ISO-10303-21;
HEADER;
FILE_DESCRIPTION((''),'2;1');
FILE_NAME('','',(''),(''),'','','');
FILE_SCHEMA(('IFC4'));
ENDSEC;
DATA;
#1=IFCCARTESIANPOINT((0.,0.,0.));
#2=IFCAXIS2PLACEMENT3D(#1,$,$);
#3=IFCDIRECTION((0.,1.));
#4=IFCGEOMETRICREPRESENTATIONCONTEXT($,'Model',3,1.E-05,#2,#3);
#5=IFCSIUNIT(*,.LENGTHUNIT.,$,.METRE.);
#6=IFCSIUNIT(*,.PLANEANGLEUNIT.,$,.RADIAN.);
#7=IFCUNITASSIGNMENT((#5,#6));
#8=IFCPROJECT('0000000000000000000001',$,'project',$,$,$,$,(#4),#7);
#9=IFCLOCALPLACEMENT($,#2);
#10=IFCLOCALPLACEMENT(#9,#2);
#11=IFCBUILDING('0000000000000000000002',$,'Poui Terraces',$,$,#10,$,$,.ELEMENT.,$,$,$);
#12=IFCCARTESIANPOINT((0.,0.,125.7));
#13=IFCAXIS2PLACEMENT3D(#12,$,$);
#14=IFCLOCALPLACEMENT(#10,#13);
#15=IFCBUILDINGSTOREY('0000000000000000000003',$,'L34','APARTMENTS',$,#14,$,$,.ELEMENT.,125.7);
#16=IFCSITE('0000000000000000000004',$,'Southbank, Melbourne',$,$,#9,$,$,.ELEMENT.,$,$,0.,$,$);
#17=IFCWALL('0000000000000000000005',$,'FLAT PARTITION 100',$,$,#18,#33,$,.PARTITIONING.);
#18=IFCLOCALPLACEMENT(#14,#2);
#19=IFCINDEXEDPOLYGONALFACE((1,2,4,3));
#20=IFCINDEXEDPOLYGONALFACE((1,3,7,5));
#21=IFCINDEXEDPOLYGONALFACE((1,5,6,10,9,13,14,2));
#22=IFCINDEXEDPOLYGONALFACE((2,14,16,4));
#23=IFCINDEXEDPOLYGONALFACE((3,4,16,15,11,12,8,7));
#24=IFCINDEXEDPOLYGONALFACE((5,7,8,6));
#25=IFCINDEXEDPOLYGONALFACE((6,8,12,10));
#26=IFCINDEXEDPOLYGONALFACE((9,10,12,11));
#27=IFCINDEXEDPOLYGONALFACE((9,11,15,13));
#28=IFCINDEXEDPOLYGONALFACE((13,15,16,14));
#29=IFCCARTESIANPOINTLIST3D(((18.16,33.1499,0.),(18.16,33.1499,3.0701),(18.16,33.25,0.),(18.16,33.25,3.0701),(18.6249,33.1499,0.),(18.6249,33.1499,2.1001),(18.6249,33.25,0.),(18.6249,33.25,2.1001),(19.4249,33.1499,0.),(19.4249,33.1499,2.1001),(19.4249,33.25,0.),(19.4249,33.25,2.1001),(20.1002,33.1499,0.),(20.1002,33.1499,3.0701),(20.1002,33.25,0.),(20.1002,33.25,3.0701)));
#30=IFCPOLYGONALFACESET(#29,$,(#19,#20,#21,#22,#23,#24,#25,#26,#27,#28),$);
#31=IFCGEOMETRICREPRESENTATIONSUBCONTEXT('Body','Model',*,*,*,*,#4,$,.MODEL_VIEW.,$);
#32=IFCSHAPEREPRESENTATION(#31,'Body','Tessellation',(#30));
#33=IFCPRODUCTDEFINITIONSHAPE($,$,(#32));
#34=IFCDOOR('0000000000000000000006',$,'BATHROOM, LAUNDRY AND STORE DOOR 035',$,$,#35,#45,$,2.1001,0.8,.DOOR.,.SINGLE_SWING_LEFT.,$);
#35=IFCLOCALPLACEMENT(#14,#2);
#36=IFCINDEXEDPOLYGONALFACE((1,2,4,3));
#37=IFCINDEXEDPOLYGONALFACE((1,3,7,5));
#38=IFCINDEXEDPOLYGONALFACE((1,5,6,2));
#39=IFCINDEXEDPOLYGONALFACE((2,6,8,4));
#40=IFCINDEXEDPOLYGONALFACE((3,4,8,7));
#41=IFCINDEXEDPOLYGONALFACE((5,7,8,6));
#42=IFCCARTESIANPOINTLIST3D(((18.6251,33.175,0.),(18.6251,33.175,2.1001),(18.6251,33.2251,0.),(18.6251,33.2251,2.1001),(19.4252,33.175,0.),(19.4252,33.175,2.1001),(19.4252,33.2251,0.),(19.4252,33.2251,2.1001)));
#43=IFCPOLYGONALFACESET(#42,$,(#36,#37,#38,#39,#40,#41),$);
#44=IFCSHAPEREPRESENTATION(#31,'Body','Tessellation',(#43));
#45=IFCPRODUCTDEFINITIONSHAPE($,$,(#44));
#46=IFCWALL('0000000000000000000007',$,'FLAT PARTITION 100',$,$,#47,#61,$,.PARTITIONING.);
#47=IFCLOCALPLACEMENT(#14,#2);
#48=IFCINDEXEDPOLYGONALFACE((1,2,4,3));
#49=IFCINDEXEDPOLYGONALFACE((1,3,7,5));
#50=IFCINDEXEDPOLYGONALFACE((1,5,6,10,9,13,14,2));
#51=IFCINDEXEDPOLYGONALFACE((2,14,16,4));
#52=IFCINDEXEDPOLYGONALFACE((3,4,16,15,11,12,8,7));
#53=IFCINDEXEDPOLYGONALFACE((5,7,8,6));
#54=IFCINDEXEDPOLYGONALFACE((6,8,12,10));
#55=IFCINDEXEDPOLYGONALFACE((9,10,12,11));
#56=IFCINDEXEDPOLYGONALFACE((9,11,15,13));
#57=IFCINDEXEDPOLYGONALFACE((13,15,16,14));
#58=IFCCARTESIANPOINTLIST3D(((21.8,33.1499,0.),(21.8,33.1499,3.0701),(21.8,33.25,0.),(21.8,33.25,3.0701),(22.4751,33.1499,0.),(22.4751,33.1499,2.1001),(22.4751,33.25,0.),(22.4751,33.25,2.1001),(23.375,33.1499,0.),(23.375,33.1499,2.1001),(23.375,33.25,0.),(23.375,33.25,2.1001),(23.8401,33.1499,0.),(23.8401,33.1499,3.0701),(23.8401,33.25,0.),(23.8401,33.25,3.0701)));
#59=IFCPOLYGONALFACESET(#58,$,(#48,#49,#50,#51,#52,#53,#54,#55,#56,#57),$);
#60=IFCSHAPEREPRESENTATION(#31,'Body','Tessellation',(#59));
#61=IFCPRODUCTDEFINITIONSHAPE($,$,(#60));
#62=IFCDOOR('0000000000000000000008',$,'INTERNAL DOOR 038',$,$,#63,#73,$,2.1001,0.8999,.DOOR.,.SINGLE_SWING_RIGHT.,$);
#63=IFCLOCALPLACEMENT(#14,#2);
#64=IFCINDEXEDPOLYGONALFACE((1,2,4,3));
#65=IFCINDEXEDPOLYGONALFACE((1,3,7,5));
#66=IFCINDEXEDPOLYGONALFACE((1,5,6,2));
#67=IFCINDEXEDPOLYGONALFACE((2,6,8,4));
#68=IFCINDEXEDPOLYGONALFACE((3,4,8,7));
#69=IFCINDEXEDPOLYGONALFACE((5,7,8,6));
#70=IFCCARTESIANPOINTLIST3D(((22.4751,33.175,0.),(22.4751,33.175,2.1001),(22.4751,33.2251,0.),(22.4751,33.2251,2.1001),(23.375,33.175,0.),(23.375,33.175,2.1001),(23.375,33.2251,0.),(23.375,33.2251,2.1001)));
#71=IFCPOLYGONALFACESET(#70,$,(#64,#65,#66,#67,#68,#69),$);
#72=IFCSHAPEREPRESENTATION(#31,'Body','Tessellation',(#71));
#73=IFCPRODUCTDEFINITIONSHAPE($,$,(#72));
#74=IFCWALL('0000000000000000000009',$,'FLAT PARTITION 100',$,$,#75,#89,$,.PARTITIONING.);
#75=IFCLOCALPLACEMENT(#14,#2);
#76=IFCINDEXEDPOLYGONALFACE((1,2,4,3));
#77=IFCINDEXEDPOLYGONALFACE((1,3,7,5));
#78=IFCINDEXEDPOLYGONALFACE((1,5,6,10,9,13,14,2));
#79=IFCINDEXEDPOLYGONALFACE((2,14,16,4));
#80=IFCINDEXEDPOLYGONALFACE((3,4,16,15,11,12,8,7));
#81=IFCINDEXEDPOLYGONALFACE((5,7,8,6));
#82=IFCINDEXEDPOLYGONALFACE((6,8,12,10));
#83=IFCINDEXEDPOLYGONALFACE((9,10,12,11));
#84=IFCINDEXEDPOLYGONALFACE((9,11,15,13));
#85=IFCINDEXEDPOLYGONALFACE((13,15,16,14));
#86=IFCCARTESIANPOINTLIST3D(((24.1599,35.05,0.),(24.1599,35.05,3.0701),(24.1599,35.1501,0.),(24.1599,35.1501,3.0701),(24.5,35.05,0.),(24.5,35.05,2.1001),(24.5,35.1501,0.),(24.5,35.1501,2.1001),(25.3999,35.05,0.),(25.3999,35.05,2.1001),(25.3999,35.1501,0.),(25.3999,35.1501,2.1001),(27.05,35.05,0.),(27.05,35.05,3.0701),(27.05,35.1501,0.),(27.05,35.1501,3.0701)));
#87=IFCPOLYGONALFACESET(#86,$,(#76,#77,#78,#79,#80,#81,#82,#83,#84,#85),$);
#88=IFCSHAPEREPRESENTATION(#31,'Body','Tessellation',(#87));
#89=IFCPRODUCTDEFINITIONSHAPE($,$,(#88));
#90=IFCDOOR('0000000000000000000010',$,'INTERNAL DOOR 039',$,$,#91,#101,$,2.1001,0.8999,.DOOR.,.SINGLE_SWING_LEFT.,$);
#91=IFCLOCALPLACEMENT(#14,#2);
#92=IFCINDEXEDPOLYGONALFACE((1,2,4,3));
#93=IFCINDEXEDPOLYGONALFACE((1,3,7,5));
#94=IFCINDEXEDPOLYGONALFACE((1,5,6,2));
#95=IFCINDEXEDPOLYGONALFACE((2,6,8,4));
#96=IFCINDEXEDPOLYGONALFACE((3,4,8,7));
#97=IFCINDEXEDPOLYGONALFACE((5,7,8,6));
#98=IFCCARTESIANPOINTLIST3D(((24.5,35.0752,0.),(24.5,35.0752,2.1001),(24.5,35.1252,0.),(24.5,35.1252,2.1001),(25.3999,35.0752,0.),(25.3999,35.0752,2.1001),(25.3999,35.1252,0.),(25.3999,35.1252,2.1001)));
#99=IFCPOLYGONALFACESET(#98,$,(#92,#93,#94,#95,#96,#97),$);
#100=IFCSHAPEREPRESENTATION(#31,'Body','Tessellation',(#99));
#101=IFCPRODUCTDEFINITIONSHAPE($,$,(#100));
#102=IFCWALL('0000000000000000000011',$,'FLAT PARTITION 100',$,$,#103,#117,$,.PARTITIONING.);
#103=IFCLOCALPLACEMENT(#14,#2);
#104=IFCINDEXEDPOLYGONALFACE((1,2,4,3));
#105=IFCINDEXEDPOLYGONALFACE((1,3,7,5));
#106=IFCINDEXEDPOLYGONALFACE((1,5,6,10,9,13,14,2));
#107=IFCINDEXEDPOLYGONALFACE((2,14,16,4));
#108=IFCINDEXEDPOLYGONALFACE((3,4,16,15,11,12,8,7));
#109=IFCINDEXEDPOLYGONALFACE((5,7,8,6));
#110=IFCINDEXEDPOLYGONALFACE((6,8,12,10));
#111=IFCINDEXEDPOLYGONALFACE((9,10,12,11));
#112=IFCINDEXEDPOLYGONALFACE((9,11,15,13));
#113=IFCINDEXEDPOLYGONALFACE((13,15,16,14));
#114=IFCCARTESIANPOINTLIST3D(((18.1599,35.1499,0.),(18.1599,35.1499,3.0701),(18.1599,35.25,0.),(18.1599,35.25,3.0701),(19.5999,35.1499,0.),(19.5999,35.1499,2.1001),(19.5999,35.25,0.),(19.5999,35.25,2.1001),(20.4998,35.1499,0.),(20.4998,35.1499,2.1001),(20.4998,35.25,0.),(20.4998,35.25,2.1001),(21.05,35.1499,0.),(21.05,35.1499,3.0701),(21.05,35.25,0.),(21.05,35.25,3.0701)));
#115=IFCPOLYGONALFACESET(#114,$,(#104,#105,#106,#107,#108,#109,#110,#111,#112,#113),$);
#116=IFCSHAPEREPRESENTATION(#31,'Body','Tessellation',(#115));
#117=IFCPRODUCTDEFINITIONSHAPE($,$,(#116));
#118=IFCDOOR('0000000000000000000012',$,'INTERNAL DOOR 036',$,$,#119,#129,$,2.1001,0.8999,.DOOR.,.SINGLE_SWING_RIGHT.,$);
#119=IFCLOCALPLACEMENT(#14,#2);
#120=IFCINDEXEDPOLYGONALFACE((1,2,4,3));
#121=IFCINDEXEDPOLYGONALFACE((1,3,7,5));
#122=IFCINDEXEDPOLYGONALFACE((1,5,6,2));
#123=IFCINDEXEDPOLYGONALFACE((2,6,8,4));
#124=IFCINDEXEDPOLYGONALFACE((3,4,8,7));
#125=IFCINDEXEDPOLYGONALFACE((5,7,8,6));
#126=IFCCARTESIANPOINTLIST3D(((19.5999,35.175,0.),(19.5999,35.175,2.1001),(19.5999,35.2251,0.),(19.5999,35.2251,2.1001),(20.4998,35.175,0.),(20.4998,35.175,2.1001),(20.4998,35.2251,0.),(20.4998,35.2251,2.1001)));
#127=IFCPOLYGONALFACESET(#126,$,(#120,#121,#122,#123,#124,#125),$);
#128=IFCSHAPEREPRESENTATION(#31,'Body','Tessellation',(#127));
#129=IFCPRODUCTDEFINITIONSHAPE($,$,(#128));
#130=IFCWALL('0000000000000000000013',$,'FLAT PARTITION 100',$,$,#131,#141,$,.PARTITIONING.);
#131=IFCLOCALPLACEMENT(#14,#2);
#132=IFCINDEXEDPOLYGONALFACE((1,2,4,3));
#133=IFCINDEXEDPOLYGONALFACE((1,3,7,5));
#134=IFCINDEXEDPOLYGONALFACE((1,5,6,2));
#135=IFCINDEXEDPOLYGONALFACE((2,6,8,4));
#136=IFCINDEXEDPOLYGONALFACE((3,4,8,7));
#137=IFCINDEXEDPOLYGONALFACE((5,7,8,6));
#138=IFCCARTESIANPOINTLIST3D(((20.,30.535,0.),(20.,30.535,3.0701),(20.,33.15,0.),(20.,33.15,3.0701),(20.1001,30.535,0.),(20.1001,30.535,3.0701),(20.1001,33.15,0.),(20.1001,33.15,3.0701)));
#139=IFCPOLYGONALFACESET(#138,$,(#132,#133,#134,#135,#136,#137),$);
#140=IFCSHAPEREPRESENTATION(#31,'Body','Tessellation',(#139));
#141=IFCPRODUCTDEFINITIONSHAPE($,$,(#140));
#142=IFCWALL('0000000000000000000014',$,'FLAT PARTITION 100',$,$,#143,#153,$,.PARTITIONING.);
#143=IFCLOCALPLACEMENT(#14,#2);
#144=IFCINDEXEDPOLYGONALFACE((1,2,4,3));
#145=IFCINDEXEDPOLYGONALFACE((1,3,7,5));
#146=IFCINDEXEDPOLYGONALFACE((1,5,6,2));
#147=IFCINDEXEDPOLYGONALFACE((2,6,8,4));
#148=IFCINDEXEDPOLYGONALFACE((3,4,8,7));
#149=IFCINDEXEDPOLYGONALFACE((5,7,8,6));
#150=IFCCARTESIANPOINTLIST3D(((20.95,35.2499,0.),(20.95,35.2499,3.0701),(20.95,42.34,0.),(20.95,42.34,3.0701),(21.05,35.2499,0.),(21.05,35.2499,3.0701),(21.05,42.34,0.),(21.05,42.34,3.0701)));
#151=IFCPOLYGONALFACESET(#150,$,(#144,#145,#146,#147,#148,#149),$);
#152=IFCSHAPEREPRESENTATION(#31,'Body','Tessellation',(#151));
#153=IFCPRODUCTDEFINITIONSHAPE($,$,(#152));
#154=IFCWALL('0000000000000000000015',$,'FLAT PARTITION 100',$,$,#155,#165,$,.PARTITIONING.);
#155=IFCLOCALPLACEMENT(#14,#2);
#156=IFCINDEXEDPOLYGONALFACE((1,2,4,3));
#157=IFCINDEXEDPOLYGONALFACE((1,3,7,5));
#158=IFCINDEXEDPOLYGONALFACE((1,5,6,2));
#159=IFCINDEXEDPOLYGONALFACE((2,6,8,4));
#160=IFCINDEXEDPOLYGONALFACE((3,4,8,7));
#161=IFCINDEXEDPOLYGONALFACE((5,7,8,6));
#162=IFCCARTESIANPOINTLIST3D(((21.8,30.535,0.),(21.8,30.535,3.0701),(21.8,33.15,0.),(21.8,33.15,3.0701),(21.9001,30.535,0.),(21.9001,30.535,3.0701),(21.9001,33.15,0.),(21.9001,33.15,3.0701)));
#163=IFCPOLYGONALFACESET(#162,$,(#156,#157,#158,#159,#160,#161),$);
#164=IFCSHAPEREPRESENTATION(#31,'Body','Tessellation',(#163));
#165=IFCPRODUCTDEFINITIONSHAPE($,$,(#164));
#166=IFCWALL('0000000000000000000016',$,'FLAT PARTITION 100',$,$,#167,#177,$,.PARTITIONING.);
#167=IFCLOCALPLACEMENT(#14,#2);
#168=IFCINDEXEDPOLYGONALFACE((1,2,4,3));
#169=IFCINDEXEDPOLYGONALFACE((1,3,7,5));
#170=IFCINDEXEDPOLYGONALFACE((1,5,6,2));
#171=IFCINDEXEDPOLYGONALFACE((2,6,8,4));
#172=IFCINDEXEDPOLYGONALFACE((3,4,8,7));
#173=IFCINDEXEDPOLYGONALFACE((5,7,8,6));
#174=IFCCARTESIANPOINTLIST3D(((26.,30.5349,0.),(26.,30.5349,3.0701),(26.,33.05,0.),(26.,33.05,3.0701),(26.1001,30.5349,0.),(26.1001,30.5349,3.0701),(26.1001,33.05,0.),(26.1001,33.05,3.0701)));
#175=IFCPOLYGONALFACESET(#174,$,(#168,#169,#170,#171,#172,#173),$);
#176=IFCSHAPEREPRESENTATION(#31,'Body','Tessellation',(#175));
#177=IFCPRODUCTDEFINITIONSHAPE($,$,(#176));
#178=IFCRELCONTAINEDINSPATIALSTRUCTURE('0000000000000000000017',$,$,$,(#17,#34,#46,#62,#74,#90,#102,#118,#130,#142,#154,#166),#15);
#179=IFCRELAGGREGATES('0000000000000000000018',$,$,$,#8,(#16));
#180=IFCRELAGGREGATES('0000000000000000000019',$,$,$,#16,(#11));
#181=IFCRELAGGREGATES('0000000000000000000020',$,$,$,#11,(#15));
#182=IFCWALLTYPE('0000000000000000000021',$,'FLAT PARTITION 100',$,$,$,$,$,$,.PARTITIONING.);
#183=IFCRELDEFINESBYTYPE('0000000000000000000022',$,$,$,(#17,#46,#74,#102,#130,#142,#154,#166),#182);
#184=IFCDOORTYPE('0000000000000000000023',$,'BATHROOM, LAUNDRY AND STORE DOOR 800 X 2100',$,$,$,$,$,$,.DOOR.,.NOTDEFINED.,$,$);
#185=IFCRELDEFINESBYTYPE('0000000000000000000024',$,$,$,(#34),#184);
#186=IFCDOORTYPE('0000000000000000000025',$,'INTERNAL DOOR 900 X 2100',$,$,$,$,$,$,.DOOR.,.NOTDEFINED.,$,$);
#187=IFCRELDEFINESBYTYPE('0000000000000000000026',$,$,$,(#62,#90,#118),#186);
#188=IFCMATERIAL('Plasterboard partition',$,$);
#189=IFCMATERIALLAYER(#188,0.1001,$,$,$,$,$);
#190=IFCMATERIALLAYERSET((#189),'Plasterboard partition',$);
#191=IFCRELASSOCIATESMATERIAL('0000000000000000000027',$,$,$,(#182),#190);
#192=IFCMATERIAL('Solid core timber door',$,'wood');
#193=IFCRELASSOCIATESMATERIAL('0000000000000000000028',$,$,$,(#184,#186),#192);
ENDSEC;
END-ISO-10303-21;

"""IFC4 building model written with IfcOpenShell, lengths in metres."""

from ifc_helpers import new_model, si_unit, direction, frame, frame_2d, origin, place, context, subcontext, project, spatial, rectangle, extrude, material, layer, layer_set, type_object, element, fill, save


model = new_model("IFC4")

# Units and contexts
model_context = context("Model", 3, precision=1e-05, world=origin(), true_north=direction((0.0, 1.0)))
body_context = subcontext(model_context, "Body", "Model", "MODEL_VIEW")
ifc_project = project(units=[si_unit("LENGTHUNIT", "METRE"), si_unit("PLANEANGLEUNIT", "RADIAN")], contexts=[model_context])

# Site, building, storey
site_placement = place(None, origin())
site = spatial("IfcSite", under=ifc_project, at=site_placement, Name="Southbank, Melbourne", CompositionType="ELEMENT", RefElevation=0.0)
building_placement = place(site_placement, origin())
building = spatial("IfcBuilding", under=site, at=building_placement, Name="Poui Terraces", CompositionType="ELEMENT")
storey_placement = place(building_placement, frame((0.0, 0.0, 125.7)))
storey = spatial("IfcBuildingStorey", under=building, at=storey_placement, Name="L34", Description="APARTMENTS", CompositionType="ELEMENT", Elevation=125.7)

# Walls, openings, doors
ifc_material_1 = material(Name="Plasterboard partition")
ifc_layer_1 = layer(ifc_material_1, 0.1001)
ifc_layer_set_1 = layer_set([ifc_layer_1], Name="Plasterboard partition")
wall_type_1 = type_object("IfcWallType", Name="FLAT PARTITION 100", PredefinedType="PARTITIONING", material=ifc_layer_set_1)
ifc_material_2 = material(Name="Solid core timber door", Category="wood")
door_type_1 = type_object("IfcDoorType", Name="BATHROOM, LAUNDRY AND STORE DOOR 800 X 2100", OperationType="NOTDEFINED", PredefinedType="DOOR", material=ifc_material_2)
wall_1_placement = place(storey_placement, frame((18.1599, 33.2, 0.0), z_axis=(0.0, 0.0, 1.0), x_axis=(1.0, 0.0, 0.0)))
wall_1 = element("IfcWall", 1, at=wall_1_placement, inside=storey, type_object=wall_type_1, Name="FLAT PARTITION 100", PredefinedType="PARTITIONING", context=body_context, shape_type="SweptSolid", body=[
    extrude(rectangle(XDim=1.9402, YDim=0.1001, at=frame_2d((0.9702, 0.0))), origin(), (0.0, 0.0, 1.0), 3.0701),
])
opening_1_placement = place(wall_1_placement, frame((0.4651, 0.0, 0.0)))
opening_1 = element("IfcOpeningElement", 2, at=opening_1_placement, cuts=wall_1, PredefinedType="OPENING", context=body_context, shape_type="SweptSolid", body=[
    extrude(rectangle(XDim=0.8, YDim=2.1001, at=frame_2d((0.3999, 1.05))), frame((0.0, 0.0601, 0.0), z_axis=(0.0, -1.0, 0.0), x_axis=(1.0, 0.0, 0.0)), (0.0, 0.0, 1.0), 0.1201),
])
door_1_placement = place(opening_1_placement, frame((0.8, 0.0, 0.0), z_axis=(0.0, 0.0, 1.0), x_axis=(-1.0, 0.0, 0.0)))
door_1 = element("IfcDoor", 3, at=door_1_placement, inside=storey, type_object=door_type_1, Name="BATHROOM, LAUNDRY AND STORE DOOR 035", OperationType="SINGLE_SWING_LEFT", OverallHeight=2.1001, OverallWidth=0.8, PredefinedType="DOOR", context=body_context, shape_type="SweptSolid", body=[
    extrude(rectangle(XDim=0.8, YDim=2.1001, at=frame_2d((0.3999, 1.05))), frame((0.0, 0.0249, 0.0), z_axis=(0.0, -1.0, 0.0), x_axis=(1.0, 0.0, 0.0)), (0.0, 0.0, 1.0), 0.05),
])
fill(opening_1, door_1)
wall_2_placement = place(storey_placement, frame((21.8, 33.2, 0.0), z_axis=(0.0, 0.0, 1.0), x_axis=(1.0, 0.0, 0.0)))
wall_2 = element("IfcWall", 4, at=wall_2_placement, inside=storey, type_object=wall_type_1, Name="FLAT PARTITION 100", PredefinedType="PARTITIONING", context=body_context, shape_type="SweptSolid", body=[
    extrude(rectangle(XDim=2.04, YDim=0.1001, at=frame_2d((1.02, 0.0))), origin(), (0.0, 0.0, 1.0), 3.0701),
])
opening_2_placement = place(wall_2_placement, frame((0.675, 0.0, 0.0)))
opening_2 = element("IfcOpeningElement", 5, at=opening_2_placement, cuts=wall_2, PredefinedType="OPENING", context=body_context, shape_type="SweptSolid", body=[
    extrude(rectangle(XDim=0.8999, YDim=2.1001, at=frame_2d((0.45, 1.05))), frame((0.0, 0.0601, 0.0), z_axis=(0.0, -1.0, 0.0), x_axis=(1.0, 0.0, 0.0)), (0.0, 0.0, 1.0), 0.1201),
])
door_type_2 = type_object("IfcDoorType", Name="INTERNAL DOOR 900 X 2100", OperationType="NOTDEFINED", PredefinedType="DOOR", material=ifc_material_2)
door_2_placement = place(opening_2_placement, frame((0.8999, 0.0, 0.0), z_axis=(0.0, 0.0, 1.0), x_axis=(-1.0, 0.0, 0.0)))
door_2 = element("IfcDoor", 6, at=door_2_placement, inside=storey, type_object=door_type_2, Name="INTERNAL DOOR 038", OperationType="SINGLE_SWING_RIGHT", OverallHeight=2.1001, OverallWidth=0.8999, PredefinedType="DOOR", context=body_context, shape_type="SweptSolid", body=[
    extrude(rectangle(XDim=0.8999, YDim=2.1001, at=frame_2d((0.45, 1.05))), frame((0.0, 0.0249, 0.0), z_axis=(0.0, -1.0, 0.0), x_axis=(1.0, 0.0, 0.0)), (0.0, 0.0, 1.0), 0.05),
])
fill(opening_2, door_2)
wall_3_placement = place(storey_placement, frame((24.1599, 35.1001, 0.0), z_axis=(0.0, 0.0, 1.0), x_axis=(1.0, 0.0, 0.0)))
wall_3 = element("IfcWall", 7, at=wall_3_placement, inside=storey, type_object=wall_type_1, Name="FLAT PARTITION 100", PredefinedType="PARTITIONING", context=body_context, shape_type="SweptSolid", body=[
    extrude(rectangle(XDim=2.8901, YDim=0.1001, at=frame_2d((1.4451, 0.0))), origin(), (0.0, 0.0, 1.0), 3.0701),
])
opening_3_placement = place(wall_3_placement, frame((0.3401, 0.0, 0.0)))
opening_3 = element("IfcOpeningElement", 8, at=opening_3_placement, cuts=wall_3, PredefinedType="OPENING", context=body_context, shape_type="SweptSolid", body=[
    extrude(rectangle(XDim=0.8999, YDim=2.1001, at=frame_2d((0.45, 1.05))), frame((0.0, 0.0601, 0.0), z_axis=(0.0, -1.0, 0.0), x_axis=(1.0, 0.0, 0.0)), (0.0, 0.0, 1.0), 0.1201),
])
door_3_placement = place(opening_3_placement, frame((0.8999, 0.0, 0.0), z_axis=(0.0, 0.0, 1.0), x_axis=(-1.0, 0.0, 0.0)))
door_3 = element("IfcDoor", 9, at=door_3_placement, inside=storey, type_object=door_type_2, Name="INTERNAL DOOR 039", OperationType="SINGLE_SWING_LEFT", OverallHeight=2.1001, OverallWidth=0.8999, PredefinedType="DOOR", context=body_context, shape_type="SweptSolid", body=[
    extrude(rectangle(XDim=0.8999, YDim=2.1001, at=frame_2d((0.45, 1.05))), frame((0.0, 0.0249, 0.0), z_axis=(0.0, -1.0, 0.0), x_axis=(1.0, 0.0, 0.0)), (0.0, 0.0, 1.0), 0.05),
])
fill(opening_3, door_3)
wall_4_placement = place(storey_placement, frame((18.1599, 35.2, 0.0), z_axis=(0.0, 0.0, 1.0), x_axis=(1.0, 0.0, 0.0)))
wall_4 = element("IfcWall", 10, at=wall_4_placement, inside=storey, type_object=wall_type_1, Name="FLAT PARTITION 100", PredefinedType="PARTITIONING", context=body_context, shape_type="SweptSolid", body=[
    extrude(rectangle(XDim=2.8901, YDim=0.1001, at=frame_2d((1.4451, 0.0))), origin(), (0.0, 0.0, 1.0), 3.0701),
])
opening_4_placement = place(wall_4_placement, frame((1.4399, 0.0, 0.0)))
opening_4 = element("IfcOpeningElement", 11, at=opening_4_placement, cuts=wall_4, PredefinedType="OPENING", context=body_context, shape_type="SweptSolid", body=[
    extrude(rectangle(XDim=0.8999, YDim=2.1001, at=frame_2d((0.45, 1.05))), frame((0.0, 0.0601, 0.0), z_axis=(0.0, -1.0, 0.0), x_axis=(1.0, 0.0, 0.0)), (0.0, 0.0, 1.0), 0.1201),
])
door_4_placement = place(opening_4_placement, frame((0.8999, 0.0, 0.0), z_axis=(0.0, 0.0, 1.0), x_axis=(-1.0, 0.0, 0.0)))
door_4 = element("IfcDoor", 12, at=door_4_placement, inside=storey, type_object=door_type_2, Name="INTERNAL DOOR 036", OperationType="SINGLE_SWING_RIGHT", OverallHeight=2.1001, OverallWidth=0.8999, PredefinedType="DOOR", context=body_context, shape_type="SweptSolid", body=[
    extrude(rectangle(XDim=0.8999, YDim=2.1001, at=frame_2d((0.45, 1.05))), frame((0.0, 0.0249, 0.0), z_axis=(0.0, -1.0, 0.0), x_axis=(1.0, 0.0, 0.0)), (0.0, 0.0, 1.0), 0.05),
])
fill(opening_4, door_4)

# Walls
wall_5_placement = place(storey_placement, frame((20.05, 30.5349, 0.0), z_axis=(0.0, 0.0, 1.0), x_axis=(0.0, 1.0, 0.0)))
element("IfcWall", 13, at=wall_5_placement, inside=storey, type_object=wall_type_1, Name="FLAT PARTITION 100", PredefinedType="PARTITIONING", context=body_context, shape_type="SweptSolid", body=[
    extrude(rectangle(XDim=2.615, YDim=0.1001, at=frame_2d((1.3076, 0.0))), origin(), (0.0, 0.0, 1.0), 3.0701),
])
wall_6_placement = place(storey_placement, frame((21.0, 35.25, 0.0), z_axis=(0.0, 0.0, 1.0), x_axis=(0.0, 1.0, 0.0)))
element("IfcWall", 14, at=wall_6_placement, inside=storey, type_object=wall_type_1, Name="FLAT PARTITION 100", PredefinedType="PARTITIONING", context=body_context, shape_type="SweptSolid", body=[
    extrude(rectangle(XDim=7.0901, YDim=0.1001, at=frame_2d((3.5449, 0.0))), origin(), (0.0, 0.0, 1.0), 3.0701),
])
wall_7_placement = place(storey_placement, frame((21.8501, 30.5349, 0.0), z_axis=(0.0, 0.0, 1.0), x_axis=(0.0, 1.0, 0.0)))
element("IfcWall", 15, at=wall_7_placement, inside=storey, type_object=wall_type_1, Name="FLAT PARTITION 100", PredefinedType="PARTITIONING", context=body_context, shape_type="SweptSolid", body=[
    extrude(rectangle(XDim=2.615, YDim=0.1001, at=frame_2d((1.3076, 0.0))), origin(), (0.0, 0.0, 1.0), 3.0701),
])
wall_8_placement = place(storey_placement, frame((26.05, 30.5349, 0.0), z_axis=(0.0, 0.0, 1.0), x_axis=(0.0, 1.0, 0.0)))
element("IfcWall", 16, at=wall_8_placement, inside=storey, type_object=wall_type_1, Name="FLAT PARTITION 100", PredefinedType="PARTITIONING", context=body_context, shape_type="SweptSolid", body=[
    extrude(rectangle(XDim=2.5151, YDim=0.1001, at=frame_2d((1.2576, 0.0))), origin(), (0.0, 0.0, 1.0), 3.0701),
])

save(model, "model.ifc")
